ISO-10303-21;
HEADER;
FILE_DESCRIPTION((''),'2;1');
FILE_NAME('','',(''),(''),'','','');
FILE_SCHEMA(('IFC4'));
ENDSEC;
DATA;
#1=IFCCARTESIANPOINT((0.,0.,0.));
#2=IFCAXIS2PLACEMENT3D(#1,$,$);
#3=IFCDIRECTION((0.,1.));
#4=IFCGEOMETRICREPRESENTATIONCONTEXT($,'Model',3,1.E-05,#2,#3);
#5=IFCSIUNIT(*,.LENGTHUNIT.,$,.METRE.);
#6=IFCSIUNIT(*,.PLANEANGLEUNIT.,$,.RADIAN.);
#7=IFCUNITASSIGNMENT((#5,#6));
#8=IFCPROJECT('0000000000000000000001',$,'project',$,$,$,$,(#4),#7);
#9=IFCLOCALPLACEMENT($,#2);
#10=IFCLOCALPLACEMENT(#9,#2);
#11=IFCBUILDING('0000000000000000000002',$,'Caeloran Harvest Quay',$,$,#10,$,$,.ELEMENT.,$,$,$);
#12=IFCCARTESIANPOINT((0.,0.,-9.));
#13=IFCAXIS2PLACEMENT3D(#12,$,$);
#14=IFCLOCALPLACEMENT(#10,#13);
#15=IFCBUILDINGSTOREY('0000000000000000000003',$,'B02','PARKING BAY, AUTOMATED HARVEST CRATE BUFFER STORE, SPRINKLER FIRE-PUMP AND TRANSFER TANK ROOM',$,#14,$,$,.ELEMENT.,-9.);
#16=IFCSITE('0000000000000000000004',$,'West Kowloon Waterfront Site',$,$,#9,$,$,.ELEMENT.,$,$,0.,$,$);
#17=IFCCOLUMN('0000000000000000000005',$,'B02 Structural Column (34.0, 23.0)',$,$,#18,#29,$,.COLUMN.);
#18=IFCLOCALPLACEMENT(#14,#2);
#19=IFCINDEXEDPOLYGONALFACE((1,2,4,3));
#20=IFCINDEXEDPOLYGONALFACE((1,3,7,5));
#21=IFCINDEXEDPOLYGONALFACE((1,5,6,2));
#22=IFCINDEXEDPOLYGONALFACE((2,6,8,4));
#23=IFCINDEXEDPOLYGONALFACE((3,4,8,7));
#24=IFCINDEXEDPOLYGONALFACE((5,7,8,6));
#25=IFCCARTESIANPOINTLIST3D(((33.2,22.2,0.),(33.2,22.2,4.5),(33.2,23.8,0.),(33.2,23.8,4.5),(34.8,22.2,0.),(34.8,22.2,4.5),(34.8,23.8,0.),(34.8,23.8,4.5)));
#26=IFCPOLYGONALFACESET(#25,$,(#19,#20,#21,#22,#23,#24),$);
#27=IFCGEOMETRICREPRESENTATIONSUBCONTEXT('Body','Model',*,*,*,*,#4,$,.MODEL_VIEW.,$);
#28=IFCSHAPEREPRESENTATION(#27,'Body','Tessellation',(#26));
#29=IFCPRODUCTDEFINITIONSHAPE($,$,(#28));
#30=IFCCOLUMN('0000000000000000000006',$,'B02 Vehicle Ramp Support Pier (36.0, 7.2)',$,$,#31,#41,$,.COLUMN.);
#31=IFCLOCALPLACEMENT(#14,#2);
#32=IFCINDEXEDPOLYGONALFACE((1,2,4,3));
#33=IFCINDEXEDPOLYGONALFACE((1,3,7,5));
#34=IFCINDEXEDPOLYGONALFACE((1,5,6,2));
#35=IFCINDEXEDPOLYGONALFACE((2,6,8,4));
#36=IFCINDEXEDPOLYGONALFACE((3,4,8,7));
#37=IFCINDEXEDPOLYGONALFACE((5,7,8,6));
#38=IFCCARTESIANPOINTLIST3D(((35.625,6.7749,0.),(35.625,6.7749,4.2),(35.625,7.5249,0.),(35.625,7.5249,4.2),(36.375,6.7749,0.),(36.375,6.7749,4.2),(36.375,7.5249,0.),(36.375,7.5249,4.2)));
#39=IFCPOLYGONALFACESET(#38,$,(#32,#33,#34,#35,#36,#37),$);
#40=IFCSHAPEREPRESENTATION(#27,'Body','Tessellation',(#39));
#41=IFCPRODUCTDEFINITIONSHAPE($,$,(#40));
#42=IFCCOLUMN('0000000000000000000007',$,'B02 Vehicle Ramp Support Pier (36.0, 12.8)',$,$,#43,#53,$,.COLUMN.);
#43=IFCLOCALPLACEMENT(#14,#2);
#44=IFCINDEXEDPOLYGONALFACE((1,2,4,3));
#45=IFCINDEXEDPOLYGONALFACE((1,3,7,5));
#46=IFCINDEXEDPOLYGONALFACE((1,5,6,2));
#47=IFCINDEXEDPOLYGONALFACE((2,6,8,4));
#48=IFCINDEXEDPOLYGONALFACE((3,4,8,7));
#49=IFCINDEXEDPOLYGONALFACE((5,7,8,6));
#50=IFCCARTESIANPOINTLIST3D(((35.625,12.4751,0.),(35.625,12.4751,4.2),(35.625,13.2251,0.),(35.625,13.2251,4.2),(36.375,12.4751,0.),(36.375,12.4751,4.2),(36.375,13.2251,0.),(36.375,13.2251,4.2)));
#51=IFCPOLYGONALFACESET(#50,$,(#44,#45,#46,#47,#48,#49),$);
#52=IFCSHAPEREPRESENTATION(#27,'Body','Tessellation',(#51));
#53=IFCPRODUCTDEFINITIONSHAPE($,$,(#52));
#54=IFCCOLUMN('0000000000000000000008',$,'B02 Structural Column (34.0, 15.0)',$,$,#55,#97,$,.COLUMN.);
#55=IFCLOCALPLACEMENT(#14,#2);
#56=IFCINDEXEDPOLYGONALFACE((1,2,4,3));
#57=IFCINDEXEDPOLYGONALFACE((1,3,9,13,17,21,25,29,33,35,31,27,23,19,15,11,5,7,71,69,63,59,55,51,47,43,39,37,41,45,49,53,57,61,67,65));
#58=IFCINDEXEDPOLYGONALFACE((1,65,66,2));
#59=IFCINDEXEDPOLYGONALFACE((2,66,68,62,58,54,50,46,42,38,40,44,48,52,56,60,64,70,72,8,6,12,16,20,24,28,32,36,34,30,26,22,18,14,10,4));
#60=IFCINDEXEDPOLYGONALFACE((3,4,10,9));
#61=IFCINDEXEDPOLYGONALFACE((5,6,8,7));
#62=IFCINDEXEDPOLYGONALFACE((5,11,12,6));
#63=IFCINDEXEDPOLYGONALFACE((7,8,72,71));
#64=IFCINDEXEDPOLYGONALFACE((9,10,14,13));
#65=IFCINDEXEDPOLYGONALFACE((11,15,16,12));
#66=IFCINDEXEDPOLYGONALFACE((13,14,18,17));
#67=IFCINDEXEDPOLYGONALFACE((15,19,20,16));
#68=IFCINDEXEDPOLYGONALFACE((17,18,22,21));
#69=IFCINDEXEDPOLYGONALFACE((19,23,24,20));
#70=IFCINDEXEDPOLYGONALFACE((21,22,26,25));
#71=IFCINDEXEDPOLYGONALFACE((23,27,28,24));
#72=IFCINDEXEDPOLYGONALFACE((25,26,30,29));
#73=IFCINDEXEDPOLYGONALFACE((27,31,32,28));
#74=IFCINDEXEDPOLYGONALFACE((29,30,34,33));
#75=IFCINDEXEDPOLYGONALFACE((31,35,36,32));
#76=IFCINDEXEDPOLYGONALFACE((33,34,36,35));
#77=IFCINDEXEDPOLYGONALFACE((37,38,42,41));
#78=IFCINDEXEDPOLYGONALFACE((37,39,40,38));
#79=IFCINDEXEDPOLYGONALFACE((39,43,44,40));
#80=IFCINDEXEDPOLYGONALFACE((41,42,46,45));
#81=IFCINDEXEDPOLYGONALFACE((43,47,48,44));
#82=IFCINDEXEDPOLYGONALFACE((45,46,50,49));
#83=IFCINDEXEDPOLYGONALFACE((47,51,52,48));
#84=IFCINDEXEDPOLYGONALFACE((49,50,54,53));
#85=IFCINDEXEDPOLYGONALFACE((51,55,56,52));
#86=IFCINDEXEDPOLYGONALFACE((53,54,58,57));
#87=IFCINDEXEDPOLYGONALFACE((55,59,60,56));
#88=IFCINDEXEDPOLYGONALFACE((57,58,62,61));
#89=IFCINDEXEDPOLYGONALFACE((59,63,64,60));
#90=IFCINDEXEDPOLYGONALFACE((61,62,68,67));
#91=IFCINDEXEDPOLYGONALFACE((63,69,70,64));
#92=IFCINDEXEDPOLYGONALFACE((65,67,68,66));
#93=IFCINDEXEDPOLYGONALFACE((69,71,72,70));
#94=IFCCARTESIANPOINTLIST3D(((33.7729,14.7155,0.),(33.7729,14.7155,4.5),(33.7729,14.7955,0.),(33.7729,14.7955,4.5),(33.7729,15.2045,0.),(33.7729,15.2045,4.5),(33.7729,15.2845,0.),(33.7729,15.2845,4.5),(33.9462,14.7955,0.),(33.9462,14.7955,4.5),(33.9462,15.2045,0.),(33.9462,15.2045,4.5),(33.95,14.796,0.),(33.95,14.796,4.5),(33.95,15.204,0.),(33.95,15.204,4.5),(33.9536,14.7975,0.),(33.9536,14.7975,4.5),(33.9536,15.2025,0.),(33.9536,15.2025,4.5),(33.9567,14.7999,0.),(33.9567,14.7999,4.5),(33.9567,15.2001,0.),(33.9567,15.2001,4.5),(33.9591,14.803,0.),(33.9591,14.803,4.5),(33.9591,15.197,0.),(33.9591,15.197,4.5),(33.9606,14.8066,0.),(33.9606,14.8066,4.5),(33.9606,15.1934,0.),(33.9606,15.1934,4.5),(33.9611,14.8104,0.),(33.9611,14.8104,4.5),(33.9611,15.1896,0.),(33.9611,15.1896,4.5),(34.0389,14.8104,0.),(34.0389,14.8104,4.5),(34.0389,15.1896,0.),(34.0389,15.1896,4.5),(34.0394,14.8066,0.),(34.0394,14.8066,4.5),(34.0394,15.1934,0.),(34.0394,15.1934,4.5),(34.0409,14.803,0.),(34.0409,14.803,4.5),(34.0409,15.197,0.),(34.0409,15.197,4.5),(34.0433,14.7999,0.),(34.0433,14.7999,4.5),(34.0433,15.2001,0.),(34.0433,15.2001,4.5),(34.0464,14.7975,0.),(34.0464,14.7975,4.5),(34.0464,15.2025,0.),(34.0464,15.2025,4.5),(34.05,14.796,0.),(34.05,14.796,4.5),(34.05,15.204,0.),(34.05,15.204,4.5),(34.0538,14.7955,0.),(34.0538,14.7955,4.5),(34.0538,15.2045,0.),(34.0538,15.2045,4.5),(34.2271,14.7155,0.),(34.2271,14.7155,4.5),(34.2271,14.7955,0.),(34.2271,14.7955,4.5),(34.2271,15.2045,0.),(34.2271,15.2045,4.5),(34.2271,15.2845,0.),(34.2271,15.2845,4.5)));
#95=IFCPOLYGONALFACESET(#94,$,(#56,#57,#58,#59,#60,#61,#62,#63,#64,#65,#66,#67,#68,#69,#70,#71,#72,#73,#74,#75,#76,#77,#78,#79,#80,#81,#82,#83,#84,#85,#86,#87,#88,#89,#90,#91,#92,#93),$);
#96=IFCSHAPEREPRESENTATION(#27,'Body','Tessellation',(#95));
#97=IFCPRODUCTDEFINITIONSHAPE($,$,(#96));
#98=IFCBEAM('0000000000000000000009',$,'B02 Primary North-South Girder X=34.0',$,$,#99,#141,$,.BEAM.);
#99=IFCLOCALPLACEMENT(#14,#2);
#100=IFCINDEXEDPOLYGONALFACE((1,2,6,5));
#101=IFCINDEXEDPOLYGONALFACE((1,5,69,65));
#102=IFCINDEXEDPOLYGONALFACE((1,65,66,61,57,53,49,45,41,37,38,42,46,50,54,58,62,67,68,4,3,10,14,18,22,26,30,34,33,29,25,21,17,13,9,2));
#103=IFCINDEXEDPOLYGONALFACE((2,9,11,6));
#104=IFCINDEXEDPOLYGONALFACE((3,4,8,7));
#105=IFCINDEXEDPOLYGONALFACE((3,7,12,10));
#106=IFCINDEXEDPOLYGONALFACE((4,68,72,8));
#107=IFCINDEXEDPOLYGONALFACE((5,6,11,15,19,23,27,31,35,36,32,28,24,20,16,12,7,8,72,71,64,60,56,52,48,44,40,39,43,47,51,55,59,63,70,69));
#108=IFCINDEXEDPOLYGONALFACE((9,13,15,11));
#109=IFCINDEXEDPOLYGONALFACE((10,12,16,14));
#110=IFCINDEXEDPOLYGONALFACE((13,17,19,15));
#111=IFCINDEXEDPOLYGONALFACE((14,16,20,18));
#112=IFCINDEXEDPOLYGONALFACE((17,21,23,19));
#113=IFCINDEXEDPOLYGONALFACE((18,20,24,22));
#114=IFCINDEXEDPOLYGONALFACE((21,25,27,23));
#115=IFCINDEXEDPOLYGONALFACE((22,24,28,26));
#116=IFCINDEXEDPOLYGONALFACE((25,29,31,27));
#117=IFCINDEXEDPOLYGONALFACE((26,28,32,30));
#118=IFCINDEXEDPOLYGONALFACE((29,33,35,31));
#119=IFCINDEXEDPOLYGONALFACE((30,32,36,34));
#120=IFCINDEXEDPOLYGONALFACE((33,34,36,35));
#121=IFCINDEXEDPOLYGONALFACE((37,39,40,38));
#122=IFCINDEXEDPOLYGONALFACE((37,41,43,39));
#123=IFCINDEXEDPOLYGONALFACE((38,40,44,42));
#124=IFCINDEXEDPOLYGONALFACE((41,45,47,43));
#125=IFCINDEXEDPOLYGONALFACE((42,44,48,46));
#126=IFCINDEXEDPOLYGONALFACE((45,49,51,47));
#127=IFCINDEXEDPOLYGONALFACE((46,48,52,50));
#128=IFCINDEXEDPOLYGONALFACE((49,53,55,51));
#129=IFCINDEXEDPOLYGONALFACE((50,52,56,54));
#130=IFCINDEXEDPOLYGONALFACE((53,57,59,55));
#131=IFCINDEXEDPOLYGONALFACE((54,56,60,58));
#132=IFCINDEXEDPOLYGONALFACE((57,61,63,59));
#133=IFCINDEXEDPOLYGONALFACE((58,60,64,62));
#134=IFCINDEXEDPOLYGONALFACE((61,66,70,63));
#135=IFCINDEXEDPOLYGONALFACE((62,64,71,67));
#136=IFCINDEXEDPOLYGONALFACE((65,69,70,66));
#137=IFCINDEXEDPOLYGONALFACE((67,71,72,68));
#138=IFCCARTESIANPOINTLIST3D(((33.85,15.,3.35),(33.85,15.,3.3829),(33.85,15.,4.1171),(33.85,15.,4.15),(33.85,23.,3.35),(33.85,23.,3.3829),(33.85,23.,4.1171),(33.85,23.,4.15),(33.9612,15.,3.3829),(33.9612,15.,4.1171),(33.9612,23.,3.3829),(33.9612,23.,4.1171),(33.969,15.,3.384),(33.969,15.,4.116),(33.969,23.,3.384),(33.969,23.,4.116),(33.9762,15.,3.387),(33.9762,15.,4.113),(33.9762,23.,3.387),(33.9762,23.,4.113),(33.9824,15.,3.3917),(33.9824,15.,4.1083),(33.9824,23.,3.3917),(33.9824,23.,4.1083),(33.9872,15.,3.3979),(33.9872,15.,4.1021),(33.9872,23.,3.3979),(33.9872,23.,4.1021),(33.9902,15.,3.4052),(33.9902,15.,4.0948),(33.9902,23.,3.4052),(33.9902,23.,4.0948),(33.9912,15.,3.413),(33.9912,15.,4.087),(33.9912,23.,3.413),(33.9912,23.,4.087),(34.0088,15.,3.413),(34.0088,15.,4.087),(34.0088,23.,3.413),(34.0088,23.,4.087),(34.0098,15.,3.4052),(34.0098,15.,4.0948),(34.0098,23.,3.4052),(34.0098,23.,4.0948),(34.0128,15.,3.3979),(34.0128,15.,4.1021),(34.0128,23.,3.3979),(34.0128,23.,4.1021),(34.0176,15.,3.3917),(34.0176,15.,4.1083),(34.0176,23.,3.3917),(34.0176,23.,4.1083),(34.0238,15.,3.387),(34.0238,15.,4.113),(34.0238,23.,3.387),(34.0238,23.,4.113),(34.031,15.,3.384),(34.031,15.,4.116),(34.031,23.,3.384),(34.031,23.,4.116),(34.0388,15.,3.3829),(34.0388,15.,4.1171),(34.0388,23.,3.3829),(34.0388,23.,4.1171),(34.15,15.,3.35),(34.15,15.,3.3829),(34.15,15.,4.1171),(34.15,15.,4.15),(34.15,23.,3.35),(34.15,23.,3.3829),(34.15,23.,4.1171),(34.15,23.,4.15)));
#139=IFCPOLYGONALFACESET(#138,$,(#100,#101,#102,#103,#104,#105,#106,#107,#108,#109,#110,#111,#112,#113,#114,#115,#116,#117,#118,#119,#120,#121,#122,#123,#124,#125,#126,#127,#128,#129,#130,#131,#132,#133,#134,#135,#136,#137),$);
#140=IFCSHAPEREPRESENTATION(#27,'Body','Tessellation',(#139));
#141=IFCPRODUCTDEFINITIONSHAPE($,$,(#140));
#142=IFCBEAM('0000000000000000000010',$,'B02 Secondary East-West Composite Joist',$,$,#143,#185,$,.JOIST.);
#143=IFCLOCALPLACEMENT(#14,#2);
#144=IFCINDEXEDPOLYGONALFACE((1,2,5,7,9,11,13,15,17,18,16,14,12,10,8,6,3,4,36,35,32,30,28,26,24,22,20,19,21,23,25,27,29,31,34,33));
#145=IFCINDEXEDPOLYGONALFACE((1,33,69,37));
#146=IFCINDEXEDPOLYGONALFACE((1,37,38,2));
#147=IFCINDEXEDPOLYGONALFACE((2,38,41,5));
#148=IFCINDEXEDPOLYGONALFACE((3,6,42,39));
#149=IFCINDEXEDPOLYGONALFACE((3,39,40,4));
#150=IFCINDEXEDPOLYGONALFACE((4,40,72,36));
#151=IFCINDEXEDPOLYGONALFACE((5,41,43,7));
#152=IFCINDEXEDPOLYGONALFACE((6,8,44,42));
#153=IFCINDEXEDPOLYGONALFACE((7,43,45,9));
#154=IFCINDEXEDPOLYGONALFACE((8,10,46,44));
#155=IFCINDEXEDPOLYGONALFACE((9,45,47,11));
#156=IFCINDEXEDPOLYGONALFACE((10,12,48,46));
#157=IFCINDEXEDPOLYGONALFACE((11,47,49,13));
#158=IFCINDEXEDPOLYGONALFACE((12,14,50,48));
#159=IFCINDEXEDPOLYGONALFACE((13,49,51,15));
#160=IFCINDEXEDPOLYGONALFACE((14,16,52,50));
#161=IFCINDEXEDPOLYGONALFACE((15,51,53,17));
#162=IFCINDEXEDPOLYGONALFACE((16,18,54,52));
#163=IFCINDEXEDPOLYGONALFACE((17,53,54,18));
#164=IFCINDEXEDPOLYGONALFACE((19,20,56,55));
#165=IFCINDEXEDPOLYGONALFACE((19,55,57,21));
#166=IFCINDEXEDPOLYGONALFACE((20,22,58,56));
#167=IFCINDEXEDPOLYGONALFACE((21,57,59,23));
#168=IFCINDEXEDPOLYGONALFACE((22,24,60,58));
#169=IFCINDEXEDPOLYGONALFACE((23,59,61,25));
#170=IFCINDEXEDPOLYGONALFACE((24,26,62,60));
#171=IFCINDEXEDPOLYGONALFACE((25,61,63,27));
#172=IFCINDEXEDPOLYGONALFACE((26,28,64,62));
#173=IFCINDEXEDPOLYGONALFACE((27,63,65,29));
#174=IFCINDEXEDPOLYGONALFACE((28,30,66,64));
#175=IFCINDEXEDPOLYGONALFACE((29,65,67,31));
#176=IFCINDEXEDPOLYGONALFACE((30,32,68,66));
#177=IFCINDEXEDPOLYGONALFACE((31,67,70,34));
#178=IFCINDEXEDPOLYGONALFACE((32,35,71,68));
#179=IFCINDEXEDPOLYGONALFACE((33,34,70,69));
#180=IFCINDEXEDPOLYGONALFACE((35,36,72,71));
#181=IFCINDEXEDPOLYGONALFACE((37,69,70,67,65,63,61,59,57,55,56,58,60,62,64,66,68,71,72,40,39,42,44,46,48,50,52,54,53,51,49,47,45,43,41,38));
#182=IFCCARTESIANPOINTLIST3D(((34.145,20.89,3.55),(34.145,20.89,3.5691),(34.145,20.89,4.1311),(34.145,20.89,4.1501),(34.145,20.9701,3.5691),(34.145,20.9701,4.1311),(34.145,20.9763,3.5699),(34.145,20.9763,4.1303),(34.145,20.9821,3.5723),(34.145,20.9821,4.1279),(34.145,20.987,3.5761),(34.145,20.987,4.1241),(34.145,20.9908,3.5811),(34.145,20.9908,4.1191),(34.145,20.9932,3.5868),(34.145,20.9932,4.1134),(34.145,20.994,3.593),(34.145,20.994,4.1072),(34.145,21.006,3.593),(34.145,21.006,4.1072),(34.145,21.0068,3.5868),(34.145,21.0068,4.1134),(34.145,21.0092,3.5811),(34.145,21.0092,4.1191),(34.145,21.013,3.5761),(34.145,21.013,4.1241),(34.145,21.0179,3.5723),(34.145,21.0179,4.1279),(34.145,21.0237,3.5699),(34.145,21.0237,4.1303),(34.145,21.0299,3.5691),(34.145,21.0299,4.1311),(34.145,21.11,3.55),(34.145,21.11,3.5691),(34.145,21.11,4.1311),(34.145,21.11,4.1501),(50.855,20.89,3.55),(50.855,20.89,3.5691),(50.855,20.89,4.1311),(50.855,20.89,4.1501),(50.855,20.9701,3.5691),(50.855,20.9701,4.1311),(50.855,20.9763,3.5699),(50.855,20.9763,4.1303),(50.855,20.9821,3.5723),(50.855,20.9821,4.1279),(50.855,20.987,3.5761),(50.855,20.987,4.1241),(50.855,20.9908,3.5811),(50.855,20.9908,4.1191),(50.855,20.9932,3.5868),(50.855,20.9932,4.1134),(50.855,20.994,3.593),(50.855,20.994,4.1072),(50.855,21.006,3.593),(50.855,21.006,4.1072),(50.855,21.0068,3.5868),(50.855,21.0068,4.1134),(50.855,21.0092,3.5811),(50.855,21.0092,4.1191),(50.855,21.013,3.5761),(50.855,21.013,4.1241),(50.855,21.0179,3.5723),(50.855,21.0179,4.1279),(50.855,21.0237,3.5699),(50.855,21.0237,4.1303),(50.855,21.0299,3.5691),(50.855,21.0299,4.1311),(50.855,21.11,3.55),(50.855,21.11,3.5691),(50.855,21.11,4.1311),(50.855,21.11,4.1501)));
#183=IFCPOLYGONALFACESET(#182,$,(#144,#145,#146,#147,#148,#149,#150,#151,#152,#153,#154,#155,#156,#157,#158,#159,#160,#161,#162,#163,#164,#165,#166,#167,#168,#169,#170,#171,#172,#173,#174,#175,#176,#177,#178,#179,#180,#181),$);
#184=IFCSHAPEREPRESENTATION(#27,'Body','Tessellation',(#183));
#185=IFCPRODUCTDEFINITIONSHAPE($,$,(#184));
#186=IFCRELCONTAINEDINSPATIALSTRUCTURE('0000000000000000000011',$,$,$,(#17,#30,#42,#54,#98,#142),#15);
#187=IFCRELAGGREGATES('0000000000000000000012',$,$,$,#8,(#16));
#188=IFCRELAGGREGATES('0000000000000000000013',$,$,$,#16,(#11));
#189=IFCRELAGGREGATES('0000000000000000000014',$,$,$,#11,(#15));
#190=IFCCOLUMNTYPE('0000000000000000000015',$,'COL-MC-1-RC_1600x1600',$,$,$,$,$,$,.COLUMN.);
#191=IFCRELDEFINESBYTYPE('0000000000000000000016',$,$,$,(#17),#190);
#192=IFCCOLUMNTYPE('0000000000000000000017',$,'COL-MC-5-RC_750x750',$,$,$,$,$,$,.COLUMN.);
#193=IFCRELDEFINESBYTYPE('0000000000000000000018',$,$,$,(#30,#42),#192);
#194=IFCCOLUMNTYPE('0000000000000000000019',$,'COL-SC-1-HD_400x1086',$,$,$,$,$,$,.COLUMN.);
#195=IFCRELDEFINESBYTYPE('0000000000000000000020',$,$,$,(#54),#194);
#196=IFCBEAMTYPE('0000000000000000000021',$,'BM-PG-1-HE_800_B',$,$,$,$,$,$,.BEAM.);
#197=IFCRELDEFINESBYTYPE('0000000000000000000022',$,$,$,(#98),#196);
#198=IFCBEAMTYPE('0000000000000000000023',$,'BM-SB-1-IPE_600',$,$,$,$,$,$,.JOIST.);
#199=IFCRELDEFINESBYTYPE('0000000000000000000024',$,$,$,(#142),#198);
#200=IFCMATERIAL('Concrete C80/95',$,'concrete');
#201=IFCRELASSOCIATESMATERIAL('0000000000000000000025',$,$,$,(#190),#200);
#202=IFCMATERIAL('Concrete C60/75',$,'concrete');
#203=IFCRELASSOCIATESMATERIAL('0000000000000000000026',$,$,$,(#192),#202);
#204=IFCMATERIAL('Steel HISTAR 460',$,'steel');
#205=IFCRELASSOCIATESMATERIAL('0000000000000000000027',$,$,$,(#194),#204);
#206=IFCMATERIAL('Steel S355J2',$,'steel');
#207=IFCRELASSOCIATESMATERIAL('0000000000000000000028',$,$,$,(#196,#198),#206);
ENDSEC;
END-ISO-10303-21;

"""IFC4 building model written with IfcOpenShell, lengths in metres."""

from ifc_helpers import new_model, si_unit, direction, frame, origin, origin_2d, place, context, subcontext, project, spatial, rectangle, i_section, extrude, material, material_profile, profile_set, type_object, element, save


model = new_model("IFC4")

# Units and contexts
model_context = context("Model", 3, precision=1e-05, world=origin(), true_north=direction((0.0, 1.0)))
body_context = subcontext(model_context, "Body", "Model", "MODEL_VIEW")
ifc_project = project(units=[si_unit("LENGTHUNIT", "METRE"), si_unit("PLANEANGLEUNIT", "RADIAN")], contexts=[model_context])

# Site, building, storey
site_placement = place(None, origin())
site = spatial("IfcSite", under=ifc_project, at=site_placement, Name="West Kowloon Waterfront Site", CompositionType="ELEMENT", RefElevation=0.0)
building_placement = place(site_placement, origin())
building = spatial("IfcBuilding", under=site, at=building_placement, Name="Caeloran Harvest Quay", CompositionType="ELEMENT")
storey_placement = place(building_placement, frame((0.0, 0.0, -9.0)))
storey = spatial("IfcBuildingStorey", under=building, at=storey_placement, Name="B02", Description="PARKING BAY, AUTOMATED HARVEST CRATE BUFFER STORE, SPRINKLER FIRE-PUMP AND TRANSFER TANK ROOM", CompositionType="ELEMENT", Elevation=-9.0)

# Columns
ifc_material_1 = material(Name="Concrete C80/95", Category="concrete")
ifc_material_profile_1 = material_profile(ifc_material_1, rectangle(XDim=1.6001, YDim=1.6001, at=origin_2d()), Name="RC 1600x1600")
ifc_profile_set_1 = profile_set([ifc_material_profile_1], Name="Concrete C80/95")
column_type_1 = type_object("IfcColumnType", Name="COL-MC-1-RC_1600x1600", PredefinedType="COLUMN", material=ifc_profile_set_1)
column_1_placement = place(storey_placement, frame((34.0, 23.0, 0.0), z_axis=(0.0, 0.0, 1.0), x_axis=(1.0, 0.0, 0.0)))
element("IfcColumn", 1, at=column_1_placement, inside=storey, type_object=column_type_1, Name="B02 Structural Column (34.0, 23.0)", PredefinedType="COLUMN", context=body_context, shape_type="SweptSolid", body=[
    extrude(rectangle(XDim=1.6001, YDim=1.6001, at=origin_2d()), origin(), (0.0, 0.0, 1.0), 4.5),
])
ifc_material_2 = material(Name="Concrete C60/75", Category="concrete")
ifc_material_profile_2 = material_profile(ifc_material_2, rectangle(XDim=0.75, YDim=0.75, at=origin_2d()), Name="RC 750x750")
ifc_profile_set_2 = profile_set([ifc_material_profile_2], Name="Concrete C60/75")
column_type_2 = type_object("IfcColumnType", Name="COL-MC-5-RC_750x750", PredefinedType="COLUMN", material=ifc_profile_set_2)
for number, where, z_axis, x_axis, name in (
    (2, (36.0, 7.1499, 0.0), (0.0, 0.0, 1.0), (1.0, 0.0, 0.0), "B02 Vehicle Ramp Support Pier (36.0, 7.2)"),
    (3, (36.0, 12.8501, 0.0), (0.0, 0.0, 1.0), (1.0, 0.0, 0.0), "B02 Vehicle Ramp Support Pier (36.0, 12.8)"),
):
    element("IfcColumn", number, at=place(storey_placement, frame(where, z_axis=z_axis, x_axis=x_axis)), inside=storey, type_object=column_type_2, Name=name, PredefinedType="COLUMN", context=body_context, shape_type="SweptSolid", body=[
        extrude(rectangle(XDim=0.75, YDim=0.75, at=origin_2d()), origin(), (0.0, 0.0, 1.0), 4.2),
    ])
ifc_material_3 = material(Name="Steel HISTAR 460", Category="steel")
ifc_material_profile_3 = material_profile(ifc_material_3, i_section(OverallWidth=0.4541, OverallDepth=0.5691, WebThickness=0.0779, FlangeThickness=0.0801, FilletRadius=0.0149, at=origin_2d()), Name="HD 400x1086")
ifc_profile_set_3 = profile_set([ifc_material_profile_3], Name="Steel HISTAR 460")
column_type_3 = type_object("IfcColumnType", Name="COL-SC-1-HD_400x1086", PredefinedType="COLUMN", material=ifc_profile_set_3)
column_2_placement = place(storey_placement, frame((34.0, 15.0, 0.0), z_axis=(0.0, 0.0, 1.0), x_axis=(1.0, 0.0, 0.0)))
element("IfcColumn", 4, at=column_2_placement, inside=storey, type_object=column_type_3, Name="B02 Structural Column (34.0, 15.0)", PredefinedType="COLUMN", context=body_context, shape_type="SweptSolid", body=[
    extrude(i_section(OverallWidth=0.4541, OverallDepth=0.5691, WebThickness=0.0779, FlangeThickness=0.0801, FilletRadius=0.0149, at=origin_2d()), origin(), (0.0, 0.0, 1.0), 4.5),
])

# Beams
ifc_material_4 = material(Name="Steel S355J2", Category="steel")
ifc_material_profile_4 = material_profile(ifc_material_4, i_section(OverallWidth=0.3, OverallDepth=0.8, WebThickness=0.0176, FlangeThickness=0.033, FilletRadius=0.03, at=origin_2d()), Name="HE 800 B")
ifc_profile_set_4 = profile_set([ifc_material_profile_4], Name="Steel S355J2")
beam_type_1 = type_object("IfcBeamType", Name="BM-PG-1-HE_800_B", PredefinedType="BEAM", material=ifc_profile_set_4)
beam_placement = place(storey_placement, frame((34.0, 15.0, 3.75), z_axis=(0.0, 1.0, 0.0), x_axis=(-1.0, 0.0, 0.0)))
element("IfcBeam", 5, at=beam_placement, inside=storey, type_object=beam_type_1, Name="B02 Primary North-South Girder X=34.0", PredefinedType="BEAM", context=body_context, shape_type="SweptSolid", body=[
    extrude(i_section(OverallWidth=0.3, OverallDepth=0.8, WebThickness=0.0176, FlangeThickness=0.033, FilletRadius=0.03, at=origin_2d()), origin(), (0.0, 0.0, 1.0), 8.0),
])
ifc_material_profile_5 = material_profile(ifc_material_4, i_section(OverallWidth=0.22, OverallDepth=0.6001, WebThickness=0.012, FlangeThickness=0.019, FilletRadius=0.0239, at=origin_2d()), Name="IPE 600")
ifc_profile_set_5 = profile_set([ifc_material_profile_5], Name="Steel S355J2")
beam_type_2 = type_object("IfcBeamType", Name="BM-SB-1-IPE_600", PredefinedType="JOIST", material=ifc_profile_set_5)
for number, where, z_axis, x_axis, name in (
    (6, (34.145, 21.0, 3.8501), (1.0, 0.0, 0.0), (0.0, 1.0, 0.0), "B02 Secondary East-West Composite Joist"),
):
    element("IfcBeam", number, at=place(storey_placement, frame(where, z_axis=z_axis, x_axis=x_axis)), inside=storey, type_object=beam_type_2, Name=name, PredefinedType="JOIST", context=body_context, shape_type="SweptSolid", body=[
        extrude(i_section(OverallWidth=0.22, OverallDepth=0.6001, WebThickness=0.012, FlangeThickness=0.019, FilletRadius=0.0239, at=origin_2d()), origin(), (0.0, 0.0, 1.0), 16.71),
    ])

save(model, "model.ifc")
